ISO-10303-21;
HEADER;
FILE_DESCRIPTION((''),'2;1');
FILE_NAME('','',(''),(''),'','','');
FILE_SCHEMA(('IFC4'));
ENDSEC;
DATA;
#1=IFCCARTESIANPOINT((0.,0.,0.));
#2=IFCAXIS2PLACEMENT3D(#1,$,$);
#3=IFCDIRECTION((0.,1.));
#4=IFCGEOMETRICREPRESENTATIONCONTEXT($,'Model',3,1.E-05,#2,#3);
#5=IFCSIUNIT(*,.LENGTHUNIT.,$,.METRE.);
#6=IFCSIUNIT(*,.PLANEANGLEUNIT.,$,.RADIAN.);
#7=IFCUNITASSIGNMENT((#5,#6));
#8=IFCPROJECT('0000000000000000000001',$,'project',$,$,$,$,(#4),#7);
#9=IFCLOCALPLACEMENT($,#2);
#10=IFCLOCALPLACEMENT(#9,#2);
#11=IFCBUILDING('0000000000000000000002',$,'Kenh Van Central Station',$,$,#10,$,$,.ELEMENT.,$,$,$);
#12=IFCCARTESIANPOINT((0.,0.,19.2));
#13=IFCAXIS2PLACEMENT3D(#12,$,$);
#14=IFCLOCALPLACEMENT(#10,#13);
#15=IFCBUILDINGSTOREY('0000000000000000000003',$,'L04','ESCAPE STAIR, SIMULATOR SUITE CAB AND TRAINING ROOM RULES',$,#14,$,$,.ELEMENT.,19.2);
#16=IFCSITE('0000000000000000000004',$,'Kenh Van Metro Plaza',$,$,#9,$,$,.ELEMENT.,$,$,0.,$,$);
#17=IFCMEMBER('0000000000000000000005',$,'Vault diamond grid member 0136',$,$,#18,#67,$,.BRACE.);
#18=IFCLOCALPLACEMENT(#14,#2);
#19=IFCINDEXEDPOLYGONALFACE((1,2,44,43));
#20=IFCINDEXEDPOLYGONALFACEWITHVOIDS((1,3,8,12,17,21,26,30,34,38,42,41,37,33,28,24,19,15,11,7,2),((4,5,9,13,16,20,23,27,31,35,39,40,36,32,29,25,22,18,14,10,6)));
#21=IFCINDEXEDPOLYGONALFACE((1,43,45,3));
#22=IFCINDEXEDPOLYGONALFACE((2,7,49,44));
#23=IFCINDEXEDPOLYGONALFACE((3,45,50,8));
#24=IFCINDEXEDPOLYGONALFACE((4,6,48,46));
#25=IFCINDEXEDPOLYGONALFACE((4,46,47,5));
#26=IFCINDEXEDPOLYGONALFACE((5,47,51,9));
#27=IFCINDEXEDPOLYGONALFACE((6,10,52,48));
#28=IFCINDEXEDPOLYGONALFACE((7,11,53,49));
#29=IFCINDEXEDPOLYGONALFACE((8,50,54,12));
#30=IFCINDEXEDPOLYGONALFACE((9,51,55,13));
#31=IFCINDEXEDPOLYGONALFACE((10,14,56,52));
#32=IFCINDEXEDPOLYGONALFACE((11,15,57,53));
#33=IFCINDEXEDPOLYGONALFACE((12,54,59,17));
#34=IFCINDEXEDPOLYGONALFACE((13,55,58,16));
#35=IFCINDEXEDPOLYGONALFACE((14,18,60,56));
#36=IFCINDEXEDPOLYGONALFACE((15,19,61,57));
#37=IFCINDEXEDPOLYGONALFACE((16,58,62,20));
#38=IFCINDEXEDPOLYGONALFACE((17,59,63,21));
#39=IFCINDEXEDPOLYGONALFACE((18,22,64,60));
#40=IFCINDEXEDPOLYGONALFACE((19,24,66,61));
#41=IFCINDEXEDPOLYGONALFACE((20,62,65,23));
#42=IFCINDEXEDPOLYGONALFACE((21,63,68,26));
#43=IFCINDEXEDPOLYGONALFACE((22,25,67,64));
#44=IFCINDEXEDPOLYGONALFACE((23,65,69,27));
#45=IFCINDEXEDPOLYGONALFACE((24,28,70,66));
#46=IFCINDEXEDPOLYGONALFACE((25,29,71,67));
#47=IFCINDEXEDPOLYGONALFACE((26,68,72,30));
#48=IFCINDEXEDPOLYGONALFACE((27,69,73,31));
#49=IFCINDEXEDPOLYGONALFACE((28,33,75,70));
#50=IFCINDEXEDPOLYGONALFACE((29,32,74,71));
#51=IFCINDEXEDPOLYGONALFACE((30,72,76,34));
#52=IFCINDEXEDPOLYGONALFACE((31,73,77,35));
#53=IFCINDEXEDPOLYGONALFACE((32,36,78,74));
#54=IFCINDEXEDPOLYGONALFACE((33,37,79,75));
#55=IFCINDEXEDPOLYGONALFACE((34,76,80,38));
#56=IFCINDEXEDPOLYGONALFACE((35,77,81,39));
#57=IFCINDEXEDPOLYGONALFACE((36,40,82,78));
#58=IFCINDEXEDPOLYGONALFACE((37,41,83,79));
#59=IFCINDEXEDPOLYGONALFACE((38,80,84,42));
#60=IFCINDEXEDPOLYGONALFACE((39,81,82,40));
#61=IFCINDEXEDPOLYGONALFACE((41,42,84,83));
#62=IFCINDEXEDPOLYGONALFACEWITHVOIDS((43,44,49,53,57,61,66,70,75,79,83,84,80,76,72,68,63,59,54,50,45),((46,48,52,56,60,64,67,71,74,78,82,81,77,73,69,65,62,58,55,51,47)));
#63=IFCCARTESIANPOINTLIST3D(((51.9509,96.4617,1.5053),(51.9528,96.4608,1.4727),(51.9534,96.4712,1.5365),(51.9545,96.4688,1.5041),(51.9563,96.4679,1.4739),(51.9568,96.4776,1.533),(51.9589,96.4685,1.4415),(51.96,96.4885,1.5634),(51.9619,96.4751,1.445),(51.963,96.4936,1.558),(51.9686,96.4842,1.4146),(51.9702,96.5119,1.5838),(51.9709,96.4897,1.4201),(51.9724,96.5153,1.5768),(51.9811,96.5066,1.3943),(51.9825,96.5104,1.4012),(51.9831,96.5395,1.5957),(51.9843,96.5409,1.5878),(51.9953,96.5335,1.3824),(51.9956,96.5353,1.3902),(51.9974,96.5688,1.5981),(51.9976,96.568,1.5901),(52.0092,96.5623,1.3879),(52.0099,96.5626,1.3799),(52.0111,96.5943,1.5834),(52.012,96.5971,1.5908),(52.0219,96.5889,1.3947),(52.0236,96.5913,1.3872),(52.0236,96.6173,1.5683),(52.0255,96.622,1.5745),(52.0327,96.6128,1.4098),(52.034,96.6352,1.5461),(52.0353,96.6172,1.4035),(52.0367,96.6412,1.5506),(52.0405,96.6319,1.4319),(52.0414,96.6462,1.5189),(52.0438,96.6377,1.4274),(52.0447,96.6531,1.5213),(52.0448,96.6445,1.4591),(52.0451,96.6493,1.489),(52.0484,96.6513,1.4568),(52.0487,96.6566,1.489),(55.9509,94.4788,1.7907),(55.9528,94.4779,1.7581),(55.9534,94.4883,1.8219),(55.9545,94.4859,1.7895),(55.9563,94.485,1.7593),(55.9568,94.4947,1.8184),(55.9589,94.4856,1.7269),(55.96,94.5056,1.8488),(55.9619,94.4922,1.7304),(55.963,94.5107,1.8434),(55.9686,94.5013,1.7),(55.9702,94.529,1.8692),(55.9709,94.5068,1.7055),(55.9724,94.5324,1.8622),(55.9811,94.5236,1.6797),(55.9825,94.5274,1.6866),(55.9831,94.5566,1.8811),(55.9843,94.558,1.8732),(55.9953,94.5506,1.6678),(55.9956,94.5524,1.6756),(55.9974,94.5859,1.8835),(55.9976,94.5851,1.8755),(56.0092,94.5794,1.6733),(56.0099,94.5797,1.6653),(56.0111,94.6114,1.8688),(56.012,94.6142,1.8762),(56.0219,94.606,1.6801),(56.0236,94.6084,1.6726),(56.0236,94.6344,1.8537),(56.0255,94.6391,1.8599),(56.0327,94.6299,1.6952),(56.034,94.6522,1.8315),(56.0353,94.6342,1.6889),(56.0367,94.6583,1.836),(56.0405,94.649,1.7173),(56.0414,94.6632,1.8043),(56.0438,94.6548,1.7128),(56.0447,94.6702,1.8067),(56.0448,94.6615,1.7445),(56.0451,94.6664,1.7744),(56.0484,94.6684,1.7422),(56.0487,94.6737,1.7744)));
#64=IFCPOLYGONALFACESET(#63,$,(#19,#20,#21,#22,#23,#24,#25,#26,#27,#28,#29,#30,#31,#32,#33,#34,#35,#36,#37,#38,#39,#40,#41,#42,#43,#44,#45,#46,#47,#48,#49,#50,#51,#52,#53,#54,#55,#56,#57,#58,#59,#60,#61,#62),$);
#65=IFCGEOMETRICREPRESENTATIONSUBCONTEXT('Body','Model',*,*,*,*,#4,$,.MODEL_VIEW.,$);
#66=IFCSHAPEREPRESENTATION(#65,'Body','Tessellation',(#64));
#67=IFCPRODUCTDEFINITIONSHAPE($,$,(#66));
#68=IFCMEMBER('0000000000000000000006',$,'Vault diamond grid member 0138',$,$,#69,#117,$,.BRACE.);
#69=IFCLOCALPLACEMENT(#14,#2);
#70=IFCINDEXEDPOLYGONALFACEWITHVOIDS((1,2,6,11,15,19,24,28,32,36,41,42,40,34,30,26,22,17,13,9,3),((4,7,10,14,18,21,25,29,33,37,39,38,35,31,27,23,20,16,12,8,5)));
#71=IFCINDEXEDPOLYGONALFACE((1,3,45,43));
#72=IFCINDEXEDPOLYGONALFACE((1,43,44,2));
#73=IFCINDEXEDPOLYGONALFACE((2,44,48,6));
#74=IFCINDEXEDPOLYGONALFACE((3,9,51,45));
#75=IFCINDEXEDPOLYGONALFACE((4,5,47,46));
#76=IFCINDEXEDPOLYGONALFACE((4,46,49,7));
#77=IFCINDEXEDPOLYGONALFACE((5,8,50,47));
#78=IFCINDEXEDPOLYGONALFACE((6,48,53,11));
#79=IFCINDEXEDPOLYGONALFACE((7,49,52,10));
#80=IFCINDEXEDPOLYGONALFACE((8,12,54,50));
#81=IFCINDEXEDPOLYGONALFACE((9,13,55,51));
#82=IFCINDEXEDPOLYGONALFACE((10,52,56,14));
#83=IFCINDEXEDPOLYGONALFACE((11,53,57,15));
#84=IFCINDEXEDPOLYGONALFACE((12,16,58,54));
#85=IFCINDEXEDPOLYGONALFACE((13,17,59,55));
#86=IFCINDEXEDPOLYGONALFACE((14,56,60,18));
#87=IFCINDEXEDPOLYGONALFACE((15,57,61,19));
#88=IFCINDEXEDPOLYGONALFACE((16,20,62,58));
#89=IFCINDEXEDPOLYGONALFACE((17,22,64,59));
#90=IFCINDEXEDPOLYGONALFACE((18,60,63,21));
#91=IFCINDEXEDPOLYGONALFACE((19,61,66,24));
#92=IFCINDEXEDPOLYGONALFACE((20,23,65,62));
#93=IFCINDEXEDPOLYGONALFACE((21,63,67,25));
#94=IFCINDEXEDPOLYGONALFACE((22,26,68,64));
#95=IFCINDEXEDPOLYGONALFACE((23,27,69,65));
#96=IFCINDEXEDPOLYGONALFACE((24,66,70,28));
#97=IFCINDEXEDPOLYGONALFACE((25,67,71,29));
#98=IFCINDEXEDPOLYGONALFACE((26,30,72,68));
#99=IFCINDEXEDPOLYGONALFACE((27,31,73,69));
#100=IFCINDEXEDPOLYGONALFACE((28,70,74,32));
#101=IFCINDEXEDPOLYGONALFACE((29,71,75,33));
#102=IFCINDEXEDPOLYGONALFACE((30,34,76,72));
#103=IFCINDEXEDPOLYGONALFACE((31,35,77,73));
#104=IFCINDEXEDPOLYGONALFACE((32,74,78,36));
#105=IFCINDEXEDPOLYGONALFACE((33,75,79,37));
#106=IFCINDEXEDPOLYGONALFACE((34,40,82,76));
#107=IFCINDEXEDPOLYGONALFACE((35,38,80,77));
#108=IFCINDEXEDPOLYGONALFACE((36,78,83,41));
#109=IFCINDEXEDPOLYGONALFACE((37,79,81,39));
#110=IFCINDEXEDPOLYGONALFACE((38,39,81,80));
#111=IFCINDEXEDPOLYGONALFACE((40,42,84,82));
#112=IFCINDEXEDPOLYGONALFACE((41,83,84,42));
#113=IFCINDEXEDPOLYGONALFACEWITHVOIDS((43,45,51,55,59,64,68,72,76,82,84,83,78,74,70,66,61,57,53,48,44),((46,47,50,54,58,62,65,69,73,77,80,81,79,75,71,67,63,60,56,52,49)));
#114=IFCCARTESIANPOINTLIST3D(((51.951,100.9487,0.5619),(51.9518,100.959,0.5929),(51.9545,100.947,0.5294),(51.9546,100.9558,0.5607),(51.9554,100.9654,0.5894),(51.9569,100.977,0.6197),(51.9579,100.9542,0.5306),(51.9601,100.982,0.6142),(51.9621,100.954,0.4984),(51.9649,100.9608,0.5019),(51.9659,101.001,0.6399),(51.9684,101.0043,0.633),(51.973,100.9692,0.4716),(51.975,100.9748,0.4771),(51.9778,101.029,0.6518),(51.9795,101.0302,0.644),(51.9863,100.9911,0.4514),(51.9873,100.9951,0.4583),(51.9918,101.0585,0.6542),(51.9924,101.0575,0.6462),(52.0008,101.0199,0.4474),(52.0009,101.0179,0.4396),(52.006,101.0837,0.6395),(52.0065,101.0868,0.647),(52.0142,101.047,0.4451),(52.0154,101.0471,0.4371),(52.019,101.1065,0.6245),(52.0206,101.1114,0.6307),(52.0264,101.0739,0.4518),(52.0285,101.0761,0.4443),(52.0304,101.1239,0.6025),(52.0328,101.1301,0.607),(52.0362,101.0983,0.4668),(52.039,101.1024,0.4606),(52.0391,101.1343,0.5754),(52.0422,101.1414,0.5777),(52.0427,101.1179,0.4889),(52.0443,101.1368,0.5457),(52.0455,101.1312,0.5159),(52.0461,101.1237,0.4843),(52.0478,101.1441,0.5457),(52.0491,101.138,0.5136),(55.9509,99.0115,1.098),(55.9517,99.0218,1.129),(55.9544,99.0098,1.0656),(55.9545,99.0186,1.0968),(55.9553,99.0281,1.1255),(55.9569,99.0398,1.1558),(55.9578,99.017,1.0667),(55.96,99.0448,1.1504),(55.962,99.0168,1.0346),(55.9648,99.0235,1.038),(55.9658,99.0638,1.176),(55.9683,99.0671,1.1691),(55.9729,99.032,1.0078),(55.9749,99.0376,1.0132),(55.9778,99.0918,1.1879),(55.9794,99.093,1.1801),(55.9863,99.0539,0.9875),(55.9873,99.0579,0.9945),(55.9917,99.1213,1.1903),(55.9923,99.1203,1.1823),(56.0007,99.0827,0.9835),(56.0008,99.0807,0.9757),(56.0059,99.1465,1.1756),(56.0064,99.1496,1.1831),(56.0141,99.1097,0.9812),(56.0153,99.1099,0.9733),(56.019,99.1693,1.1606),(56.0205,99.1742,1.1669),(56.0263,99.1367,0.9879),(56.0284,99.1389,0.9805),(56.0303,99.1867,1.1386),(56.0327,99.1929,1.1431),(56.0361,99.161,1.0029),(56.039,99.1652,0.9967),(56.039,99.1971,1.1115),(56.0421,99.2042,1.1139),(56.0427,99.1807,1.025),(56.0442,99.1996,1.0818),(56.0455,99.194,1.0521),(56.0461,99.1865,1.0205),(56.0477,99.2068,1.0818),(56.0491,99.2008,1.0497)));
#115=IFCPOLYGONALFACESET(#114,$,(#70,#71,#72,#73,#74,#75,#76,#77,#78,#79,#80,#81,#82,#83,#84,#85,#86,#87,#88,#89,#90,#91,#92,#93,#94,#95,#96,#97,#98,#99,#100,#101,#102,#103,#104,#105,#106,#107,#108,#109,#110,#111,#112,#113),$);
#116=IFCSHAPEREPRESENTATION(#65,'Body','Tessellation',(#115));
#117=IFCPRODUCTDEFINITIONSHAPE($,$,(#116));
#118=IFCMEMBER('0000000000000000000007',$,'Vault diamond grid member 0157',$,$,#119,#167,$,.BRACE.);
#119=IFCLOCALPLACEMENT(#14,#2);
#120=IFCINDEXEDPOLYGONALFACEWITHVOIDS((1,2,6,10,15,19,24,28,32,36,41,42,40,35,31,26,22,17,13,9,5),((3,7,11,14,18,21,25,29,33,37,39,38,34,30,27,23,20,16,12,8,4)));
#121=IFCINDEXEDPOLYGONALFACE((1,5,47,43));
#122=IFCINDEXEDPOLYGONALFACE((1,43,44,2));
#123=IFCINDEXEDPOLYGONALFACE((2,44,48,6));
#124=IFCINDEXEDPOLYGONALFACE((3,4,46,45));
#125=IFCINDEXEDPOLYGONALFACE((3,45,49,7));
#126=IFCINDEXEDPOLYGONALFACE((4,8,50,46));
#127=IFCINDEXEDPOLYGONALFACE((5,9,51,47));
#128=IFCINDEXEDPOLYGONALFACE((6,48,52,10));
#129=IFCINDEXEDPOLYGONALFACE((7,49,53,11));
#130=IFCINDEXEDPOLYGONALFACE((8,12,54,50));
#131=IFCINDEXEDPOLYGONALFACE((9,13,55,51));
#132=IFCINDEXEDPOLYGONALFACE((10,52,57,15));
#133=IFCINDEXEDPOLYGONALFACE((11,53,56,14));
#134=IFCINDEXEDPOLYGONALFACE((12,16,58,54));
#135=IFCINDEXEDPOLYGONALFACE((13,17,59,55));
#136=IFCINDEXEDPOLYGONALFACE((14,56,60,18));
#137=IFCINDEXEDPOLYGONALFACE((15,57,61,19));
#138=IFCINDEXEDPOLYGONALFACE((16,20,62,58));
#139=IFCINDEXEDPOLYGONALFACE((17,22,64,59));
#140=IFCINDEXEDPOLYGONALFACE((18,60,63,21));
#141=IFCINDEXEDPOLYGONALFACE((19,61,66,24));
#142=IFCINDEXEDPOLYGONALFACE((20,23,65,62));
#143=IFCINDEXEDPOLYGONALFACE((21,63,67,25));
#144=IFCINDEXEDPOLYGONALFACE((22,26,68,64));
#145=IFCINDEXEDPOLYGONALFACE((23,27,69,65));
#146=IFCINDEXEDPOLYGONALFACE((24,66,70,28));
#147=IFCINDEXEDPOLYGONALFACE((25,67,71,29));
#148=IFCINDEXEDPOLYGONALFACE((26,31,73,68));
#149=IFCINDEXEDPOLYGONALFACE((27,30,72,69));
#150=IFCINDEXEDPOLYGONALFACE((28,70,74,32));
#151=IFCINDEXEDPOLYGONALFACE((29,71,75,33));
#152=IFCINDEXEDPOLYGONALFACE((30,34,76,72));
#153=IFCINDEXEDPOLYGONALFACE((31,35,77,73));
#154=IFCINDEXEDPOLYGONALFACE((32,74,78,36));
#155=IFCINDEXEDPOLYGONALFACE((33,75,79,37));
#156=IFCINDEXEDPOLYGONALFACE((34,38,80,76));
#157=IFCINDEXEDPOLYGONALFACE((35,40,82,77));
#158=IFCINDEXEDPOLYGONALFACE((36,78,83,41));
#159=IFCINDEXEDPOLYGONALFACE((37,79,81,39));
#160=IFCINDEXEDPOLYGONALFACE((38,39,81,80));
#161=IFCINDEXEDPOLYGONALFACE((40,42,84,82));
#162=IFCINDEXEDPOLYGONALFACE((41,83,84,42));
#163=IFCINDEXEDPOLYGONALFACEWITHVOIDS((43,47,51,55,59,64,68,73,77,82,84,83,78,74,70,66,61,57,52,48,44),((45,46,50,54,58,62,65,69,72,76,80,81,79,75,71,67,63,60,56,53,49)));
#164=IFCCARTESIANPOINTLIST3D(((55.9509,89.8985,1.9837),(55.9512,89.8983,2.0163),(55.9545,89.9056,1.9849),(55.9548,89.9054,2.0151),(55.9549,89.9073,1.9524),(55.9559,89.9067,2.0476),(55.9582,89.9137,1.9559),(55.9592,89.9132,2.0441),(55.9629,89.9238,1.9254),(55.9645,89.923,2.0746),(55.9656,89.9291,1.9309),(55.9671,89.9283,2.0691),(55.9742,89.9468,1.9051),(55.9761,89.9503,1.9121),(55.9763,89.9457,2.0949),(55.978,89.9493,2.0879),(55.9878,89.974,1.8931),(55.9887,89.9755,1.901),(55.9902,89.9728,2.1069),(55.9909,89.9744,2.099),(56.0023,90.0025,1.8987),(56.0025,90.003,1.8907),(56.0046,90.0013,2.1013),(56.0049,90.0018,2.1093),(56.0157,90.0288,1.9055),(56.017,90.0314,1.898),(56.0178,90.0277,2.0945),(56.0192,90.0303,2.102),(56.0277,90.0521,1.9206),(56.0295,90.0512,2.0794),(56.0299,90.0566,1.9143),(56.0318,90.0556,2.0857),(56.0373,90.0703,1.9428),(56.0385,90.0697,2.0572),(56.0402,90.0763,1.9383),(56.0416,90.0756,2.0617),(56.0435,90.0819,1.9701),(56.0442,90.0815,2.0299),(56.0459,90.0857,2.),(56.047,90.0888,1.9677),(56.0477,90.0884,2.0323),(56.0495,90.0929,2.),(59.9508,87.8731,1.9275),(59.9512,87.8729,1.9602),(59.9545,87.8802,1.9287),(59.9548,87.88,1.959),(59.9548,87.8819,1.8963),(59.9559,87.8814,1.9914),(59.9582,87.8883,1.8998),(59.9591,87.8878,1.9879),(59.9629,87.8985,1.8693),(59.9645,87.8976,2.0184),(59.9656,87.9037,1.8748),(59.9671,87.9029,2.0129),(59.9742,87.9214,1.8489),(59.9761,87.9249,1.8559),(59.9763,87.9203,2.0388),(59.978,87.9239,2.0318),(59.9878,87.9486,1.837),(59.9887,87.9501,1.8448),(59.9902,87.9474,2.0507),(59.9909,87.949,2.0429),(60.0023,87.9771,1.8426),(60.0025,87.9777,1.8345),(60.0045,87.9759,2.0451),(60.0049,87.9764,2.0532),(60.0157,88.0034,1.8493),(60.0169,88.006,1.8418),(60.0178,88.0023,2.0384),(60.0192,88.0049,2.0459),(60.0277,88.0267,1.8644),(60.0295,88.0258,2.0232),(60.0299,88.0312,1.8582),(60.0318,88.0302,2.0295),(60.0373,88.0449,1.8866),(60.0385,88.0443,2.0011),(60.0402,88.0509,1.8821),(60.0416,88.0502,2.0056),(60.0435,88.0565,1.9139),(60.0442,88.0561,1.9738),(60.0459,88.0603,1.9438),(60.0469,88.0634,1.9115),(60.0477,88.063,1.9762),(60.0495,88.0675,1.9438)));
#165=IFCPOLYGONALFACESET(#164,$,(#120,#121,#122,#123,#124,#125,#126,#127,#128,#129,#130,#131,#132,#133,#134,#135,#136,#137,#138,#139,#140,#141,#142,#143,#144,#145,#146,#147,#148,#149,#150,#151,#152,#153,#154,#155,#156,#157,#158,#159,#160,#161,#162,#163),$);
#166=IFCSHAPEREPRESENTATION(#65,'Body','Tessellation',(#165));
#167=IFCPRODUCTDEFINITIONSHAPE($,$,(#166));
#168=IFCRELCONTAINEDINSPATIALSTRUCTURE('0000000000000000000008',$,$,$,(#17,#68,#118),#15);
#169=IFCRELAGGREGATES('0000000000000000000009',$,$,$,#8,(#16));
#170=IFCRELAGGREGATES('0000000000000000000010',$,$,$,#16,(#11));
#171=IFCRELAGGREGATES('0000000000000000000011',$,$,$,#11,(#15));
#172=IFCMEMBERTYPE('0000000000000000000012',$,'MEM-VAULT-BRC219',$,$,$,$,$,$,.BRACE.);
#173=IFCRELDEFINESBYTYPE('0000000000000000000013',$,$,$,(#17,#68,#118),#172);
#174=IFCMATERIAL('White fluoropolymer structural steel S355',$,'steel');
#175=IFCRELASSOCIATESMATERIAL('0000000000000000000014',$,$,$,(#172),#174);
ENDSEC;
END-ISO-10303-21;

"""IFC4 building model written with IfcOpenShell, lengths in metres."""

from ifc_helpers import new_model, si_unit, direction, frame, origin, origin_2d, place, context, subcontext, project, spatial, hollow_circle, extrude, material, material_profile, profile_set, type_object, element, save


model = new_model("IFC4")

# Units and contexts
model_context = context("Model", 3, precision=1e-05, world=origin(), true_north=direction((0.0, 1.0)))
body_context = subcontext(model_context, "Body", "Model", "MODEL_VIEW")
ifc_project = project(units=[si_unit("LENGTHUNIT", "METRE"), si_unit("PLANEANGLEUNIT", "RADIAN")], contexts=[model_context])

# Site, building, storey
site_placement = place(None, origin())
site = spatial("IfcSite", under=ifc_project, at=site_placement, Name="Kenh Van Metro Plaza", CompositionType="ELEMENT", RefElevation=0.0)
building_placement = place(site_placement, origin())
building = spatial("IfcBuilding", under=site, at=building_placement, Name="Kenh Van Central Station", CompositionType="ELEMENT")
storey_placement = place(building_placement, frame((0.0, 0.0, 19.2)))
storey = spatial("IfcBuildingStorey", under=building, at=storey_placement, Name="L04", Description="ESCAPE STAIR, SIMULATOR SUITE CAB AND TRAINING ROOM RULES", CompositionType="ELEMENT", Elevation=19.2)

# Shared definitions
ifc_material_1 = material(Name="White fluoropolymer structural steel S355", Category="steel")

# Members
ifc_material_profile_1 = material_profile(ifc_material_1, hollow_circle(Radius=0.1096, WallThickness=0.0081, at=origin_2d()), Name="CHS 219.1x8")
ifc_profile_set_1 = profile_set([ifc_material_profile_1], Name="White fluoropolymer structural steel S355")
member_type_1 = type_object("IfcMemberType", Name="MEM-VAULT-BRC219", PredefinedType="BRACE", material=ifc_profile_set_1)
member_1_placement = place(storey_placement, frame((52.0, 96.5583, 1.489), z_axis=(0.894128, -0.443244, 0.063796), x_axis=(0.444149, 0.895953, 0.0)))
element("IfcMember", 1, at=member_1_placement, inside=storey, type_object=member_type_1, Name="Vault diamond grid member 0136", PredefinedType="BRACE", context=body_context, shape_type="SweptSolid", body=[
    extrude(hollow_circle(Radius=0.1096, WallThickness=0.0081, at=origin_2d()), origin(), (0.0, 0.0, 1.0), 4.4736),
])
member_2_placement = place(storey_placement, frame((52.0, 101.0454, 0.5457), z_axis=(0.893525, -0.432747, 0.119762), x_axis=(0.435884, 0.900003, 0.0)))
element("IfcMember", 2, at=member_2_placement, inside=storey, type_object=member_type_1, Name="Vault diamond grid member 0138", PredefinedType="BRACE", context=body_context, shape_type="SweptSolid", body=[
    extrude(hollow_circle(Radius=0.1096, WallThickness=0.0081, at=origin_2d()), origin(), (0.0, 0.0, 1.0), 4.4766),
])
member_3_placement = place(storey_placement, frame((56.0, 89.9951, 2.0), z_axis=(0.892081, -0.451703, -0.012523), x_axis=(0.451738, 0.89215, 0.0)))
element("IfcMember", 3, at=member_3_placement, inside=storey, type_object=member_type_1, Name="Vault diamond grid member 0157", PredefinedType="BRACE", context=body_context, shape_type="SweptSolid", body=[
    extrude(hollow_circle(Radius=0.1096, WallThickness=0.0081, at=origin_2d()), origin(), (0.0, 0.0, 1.0), 4.4839),
])

save(model, "model.ifc")
